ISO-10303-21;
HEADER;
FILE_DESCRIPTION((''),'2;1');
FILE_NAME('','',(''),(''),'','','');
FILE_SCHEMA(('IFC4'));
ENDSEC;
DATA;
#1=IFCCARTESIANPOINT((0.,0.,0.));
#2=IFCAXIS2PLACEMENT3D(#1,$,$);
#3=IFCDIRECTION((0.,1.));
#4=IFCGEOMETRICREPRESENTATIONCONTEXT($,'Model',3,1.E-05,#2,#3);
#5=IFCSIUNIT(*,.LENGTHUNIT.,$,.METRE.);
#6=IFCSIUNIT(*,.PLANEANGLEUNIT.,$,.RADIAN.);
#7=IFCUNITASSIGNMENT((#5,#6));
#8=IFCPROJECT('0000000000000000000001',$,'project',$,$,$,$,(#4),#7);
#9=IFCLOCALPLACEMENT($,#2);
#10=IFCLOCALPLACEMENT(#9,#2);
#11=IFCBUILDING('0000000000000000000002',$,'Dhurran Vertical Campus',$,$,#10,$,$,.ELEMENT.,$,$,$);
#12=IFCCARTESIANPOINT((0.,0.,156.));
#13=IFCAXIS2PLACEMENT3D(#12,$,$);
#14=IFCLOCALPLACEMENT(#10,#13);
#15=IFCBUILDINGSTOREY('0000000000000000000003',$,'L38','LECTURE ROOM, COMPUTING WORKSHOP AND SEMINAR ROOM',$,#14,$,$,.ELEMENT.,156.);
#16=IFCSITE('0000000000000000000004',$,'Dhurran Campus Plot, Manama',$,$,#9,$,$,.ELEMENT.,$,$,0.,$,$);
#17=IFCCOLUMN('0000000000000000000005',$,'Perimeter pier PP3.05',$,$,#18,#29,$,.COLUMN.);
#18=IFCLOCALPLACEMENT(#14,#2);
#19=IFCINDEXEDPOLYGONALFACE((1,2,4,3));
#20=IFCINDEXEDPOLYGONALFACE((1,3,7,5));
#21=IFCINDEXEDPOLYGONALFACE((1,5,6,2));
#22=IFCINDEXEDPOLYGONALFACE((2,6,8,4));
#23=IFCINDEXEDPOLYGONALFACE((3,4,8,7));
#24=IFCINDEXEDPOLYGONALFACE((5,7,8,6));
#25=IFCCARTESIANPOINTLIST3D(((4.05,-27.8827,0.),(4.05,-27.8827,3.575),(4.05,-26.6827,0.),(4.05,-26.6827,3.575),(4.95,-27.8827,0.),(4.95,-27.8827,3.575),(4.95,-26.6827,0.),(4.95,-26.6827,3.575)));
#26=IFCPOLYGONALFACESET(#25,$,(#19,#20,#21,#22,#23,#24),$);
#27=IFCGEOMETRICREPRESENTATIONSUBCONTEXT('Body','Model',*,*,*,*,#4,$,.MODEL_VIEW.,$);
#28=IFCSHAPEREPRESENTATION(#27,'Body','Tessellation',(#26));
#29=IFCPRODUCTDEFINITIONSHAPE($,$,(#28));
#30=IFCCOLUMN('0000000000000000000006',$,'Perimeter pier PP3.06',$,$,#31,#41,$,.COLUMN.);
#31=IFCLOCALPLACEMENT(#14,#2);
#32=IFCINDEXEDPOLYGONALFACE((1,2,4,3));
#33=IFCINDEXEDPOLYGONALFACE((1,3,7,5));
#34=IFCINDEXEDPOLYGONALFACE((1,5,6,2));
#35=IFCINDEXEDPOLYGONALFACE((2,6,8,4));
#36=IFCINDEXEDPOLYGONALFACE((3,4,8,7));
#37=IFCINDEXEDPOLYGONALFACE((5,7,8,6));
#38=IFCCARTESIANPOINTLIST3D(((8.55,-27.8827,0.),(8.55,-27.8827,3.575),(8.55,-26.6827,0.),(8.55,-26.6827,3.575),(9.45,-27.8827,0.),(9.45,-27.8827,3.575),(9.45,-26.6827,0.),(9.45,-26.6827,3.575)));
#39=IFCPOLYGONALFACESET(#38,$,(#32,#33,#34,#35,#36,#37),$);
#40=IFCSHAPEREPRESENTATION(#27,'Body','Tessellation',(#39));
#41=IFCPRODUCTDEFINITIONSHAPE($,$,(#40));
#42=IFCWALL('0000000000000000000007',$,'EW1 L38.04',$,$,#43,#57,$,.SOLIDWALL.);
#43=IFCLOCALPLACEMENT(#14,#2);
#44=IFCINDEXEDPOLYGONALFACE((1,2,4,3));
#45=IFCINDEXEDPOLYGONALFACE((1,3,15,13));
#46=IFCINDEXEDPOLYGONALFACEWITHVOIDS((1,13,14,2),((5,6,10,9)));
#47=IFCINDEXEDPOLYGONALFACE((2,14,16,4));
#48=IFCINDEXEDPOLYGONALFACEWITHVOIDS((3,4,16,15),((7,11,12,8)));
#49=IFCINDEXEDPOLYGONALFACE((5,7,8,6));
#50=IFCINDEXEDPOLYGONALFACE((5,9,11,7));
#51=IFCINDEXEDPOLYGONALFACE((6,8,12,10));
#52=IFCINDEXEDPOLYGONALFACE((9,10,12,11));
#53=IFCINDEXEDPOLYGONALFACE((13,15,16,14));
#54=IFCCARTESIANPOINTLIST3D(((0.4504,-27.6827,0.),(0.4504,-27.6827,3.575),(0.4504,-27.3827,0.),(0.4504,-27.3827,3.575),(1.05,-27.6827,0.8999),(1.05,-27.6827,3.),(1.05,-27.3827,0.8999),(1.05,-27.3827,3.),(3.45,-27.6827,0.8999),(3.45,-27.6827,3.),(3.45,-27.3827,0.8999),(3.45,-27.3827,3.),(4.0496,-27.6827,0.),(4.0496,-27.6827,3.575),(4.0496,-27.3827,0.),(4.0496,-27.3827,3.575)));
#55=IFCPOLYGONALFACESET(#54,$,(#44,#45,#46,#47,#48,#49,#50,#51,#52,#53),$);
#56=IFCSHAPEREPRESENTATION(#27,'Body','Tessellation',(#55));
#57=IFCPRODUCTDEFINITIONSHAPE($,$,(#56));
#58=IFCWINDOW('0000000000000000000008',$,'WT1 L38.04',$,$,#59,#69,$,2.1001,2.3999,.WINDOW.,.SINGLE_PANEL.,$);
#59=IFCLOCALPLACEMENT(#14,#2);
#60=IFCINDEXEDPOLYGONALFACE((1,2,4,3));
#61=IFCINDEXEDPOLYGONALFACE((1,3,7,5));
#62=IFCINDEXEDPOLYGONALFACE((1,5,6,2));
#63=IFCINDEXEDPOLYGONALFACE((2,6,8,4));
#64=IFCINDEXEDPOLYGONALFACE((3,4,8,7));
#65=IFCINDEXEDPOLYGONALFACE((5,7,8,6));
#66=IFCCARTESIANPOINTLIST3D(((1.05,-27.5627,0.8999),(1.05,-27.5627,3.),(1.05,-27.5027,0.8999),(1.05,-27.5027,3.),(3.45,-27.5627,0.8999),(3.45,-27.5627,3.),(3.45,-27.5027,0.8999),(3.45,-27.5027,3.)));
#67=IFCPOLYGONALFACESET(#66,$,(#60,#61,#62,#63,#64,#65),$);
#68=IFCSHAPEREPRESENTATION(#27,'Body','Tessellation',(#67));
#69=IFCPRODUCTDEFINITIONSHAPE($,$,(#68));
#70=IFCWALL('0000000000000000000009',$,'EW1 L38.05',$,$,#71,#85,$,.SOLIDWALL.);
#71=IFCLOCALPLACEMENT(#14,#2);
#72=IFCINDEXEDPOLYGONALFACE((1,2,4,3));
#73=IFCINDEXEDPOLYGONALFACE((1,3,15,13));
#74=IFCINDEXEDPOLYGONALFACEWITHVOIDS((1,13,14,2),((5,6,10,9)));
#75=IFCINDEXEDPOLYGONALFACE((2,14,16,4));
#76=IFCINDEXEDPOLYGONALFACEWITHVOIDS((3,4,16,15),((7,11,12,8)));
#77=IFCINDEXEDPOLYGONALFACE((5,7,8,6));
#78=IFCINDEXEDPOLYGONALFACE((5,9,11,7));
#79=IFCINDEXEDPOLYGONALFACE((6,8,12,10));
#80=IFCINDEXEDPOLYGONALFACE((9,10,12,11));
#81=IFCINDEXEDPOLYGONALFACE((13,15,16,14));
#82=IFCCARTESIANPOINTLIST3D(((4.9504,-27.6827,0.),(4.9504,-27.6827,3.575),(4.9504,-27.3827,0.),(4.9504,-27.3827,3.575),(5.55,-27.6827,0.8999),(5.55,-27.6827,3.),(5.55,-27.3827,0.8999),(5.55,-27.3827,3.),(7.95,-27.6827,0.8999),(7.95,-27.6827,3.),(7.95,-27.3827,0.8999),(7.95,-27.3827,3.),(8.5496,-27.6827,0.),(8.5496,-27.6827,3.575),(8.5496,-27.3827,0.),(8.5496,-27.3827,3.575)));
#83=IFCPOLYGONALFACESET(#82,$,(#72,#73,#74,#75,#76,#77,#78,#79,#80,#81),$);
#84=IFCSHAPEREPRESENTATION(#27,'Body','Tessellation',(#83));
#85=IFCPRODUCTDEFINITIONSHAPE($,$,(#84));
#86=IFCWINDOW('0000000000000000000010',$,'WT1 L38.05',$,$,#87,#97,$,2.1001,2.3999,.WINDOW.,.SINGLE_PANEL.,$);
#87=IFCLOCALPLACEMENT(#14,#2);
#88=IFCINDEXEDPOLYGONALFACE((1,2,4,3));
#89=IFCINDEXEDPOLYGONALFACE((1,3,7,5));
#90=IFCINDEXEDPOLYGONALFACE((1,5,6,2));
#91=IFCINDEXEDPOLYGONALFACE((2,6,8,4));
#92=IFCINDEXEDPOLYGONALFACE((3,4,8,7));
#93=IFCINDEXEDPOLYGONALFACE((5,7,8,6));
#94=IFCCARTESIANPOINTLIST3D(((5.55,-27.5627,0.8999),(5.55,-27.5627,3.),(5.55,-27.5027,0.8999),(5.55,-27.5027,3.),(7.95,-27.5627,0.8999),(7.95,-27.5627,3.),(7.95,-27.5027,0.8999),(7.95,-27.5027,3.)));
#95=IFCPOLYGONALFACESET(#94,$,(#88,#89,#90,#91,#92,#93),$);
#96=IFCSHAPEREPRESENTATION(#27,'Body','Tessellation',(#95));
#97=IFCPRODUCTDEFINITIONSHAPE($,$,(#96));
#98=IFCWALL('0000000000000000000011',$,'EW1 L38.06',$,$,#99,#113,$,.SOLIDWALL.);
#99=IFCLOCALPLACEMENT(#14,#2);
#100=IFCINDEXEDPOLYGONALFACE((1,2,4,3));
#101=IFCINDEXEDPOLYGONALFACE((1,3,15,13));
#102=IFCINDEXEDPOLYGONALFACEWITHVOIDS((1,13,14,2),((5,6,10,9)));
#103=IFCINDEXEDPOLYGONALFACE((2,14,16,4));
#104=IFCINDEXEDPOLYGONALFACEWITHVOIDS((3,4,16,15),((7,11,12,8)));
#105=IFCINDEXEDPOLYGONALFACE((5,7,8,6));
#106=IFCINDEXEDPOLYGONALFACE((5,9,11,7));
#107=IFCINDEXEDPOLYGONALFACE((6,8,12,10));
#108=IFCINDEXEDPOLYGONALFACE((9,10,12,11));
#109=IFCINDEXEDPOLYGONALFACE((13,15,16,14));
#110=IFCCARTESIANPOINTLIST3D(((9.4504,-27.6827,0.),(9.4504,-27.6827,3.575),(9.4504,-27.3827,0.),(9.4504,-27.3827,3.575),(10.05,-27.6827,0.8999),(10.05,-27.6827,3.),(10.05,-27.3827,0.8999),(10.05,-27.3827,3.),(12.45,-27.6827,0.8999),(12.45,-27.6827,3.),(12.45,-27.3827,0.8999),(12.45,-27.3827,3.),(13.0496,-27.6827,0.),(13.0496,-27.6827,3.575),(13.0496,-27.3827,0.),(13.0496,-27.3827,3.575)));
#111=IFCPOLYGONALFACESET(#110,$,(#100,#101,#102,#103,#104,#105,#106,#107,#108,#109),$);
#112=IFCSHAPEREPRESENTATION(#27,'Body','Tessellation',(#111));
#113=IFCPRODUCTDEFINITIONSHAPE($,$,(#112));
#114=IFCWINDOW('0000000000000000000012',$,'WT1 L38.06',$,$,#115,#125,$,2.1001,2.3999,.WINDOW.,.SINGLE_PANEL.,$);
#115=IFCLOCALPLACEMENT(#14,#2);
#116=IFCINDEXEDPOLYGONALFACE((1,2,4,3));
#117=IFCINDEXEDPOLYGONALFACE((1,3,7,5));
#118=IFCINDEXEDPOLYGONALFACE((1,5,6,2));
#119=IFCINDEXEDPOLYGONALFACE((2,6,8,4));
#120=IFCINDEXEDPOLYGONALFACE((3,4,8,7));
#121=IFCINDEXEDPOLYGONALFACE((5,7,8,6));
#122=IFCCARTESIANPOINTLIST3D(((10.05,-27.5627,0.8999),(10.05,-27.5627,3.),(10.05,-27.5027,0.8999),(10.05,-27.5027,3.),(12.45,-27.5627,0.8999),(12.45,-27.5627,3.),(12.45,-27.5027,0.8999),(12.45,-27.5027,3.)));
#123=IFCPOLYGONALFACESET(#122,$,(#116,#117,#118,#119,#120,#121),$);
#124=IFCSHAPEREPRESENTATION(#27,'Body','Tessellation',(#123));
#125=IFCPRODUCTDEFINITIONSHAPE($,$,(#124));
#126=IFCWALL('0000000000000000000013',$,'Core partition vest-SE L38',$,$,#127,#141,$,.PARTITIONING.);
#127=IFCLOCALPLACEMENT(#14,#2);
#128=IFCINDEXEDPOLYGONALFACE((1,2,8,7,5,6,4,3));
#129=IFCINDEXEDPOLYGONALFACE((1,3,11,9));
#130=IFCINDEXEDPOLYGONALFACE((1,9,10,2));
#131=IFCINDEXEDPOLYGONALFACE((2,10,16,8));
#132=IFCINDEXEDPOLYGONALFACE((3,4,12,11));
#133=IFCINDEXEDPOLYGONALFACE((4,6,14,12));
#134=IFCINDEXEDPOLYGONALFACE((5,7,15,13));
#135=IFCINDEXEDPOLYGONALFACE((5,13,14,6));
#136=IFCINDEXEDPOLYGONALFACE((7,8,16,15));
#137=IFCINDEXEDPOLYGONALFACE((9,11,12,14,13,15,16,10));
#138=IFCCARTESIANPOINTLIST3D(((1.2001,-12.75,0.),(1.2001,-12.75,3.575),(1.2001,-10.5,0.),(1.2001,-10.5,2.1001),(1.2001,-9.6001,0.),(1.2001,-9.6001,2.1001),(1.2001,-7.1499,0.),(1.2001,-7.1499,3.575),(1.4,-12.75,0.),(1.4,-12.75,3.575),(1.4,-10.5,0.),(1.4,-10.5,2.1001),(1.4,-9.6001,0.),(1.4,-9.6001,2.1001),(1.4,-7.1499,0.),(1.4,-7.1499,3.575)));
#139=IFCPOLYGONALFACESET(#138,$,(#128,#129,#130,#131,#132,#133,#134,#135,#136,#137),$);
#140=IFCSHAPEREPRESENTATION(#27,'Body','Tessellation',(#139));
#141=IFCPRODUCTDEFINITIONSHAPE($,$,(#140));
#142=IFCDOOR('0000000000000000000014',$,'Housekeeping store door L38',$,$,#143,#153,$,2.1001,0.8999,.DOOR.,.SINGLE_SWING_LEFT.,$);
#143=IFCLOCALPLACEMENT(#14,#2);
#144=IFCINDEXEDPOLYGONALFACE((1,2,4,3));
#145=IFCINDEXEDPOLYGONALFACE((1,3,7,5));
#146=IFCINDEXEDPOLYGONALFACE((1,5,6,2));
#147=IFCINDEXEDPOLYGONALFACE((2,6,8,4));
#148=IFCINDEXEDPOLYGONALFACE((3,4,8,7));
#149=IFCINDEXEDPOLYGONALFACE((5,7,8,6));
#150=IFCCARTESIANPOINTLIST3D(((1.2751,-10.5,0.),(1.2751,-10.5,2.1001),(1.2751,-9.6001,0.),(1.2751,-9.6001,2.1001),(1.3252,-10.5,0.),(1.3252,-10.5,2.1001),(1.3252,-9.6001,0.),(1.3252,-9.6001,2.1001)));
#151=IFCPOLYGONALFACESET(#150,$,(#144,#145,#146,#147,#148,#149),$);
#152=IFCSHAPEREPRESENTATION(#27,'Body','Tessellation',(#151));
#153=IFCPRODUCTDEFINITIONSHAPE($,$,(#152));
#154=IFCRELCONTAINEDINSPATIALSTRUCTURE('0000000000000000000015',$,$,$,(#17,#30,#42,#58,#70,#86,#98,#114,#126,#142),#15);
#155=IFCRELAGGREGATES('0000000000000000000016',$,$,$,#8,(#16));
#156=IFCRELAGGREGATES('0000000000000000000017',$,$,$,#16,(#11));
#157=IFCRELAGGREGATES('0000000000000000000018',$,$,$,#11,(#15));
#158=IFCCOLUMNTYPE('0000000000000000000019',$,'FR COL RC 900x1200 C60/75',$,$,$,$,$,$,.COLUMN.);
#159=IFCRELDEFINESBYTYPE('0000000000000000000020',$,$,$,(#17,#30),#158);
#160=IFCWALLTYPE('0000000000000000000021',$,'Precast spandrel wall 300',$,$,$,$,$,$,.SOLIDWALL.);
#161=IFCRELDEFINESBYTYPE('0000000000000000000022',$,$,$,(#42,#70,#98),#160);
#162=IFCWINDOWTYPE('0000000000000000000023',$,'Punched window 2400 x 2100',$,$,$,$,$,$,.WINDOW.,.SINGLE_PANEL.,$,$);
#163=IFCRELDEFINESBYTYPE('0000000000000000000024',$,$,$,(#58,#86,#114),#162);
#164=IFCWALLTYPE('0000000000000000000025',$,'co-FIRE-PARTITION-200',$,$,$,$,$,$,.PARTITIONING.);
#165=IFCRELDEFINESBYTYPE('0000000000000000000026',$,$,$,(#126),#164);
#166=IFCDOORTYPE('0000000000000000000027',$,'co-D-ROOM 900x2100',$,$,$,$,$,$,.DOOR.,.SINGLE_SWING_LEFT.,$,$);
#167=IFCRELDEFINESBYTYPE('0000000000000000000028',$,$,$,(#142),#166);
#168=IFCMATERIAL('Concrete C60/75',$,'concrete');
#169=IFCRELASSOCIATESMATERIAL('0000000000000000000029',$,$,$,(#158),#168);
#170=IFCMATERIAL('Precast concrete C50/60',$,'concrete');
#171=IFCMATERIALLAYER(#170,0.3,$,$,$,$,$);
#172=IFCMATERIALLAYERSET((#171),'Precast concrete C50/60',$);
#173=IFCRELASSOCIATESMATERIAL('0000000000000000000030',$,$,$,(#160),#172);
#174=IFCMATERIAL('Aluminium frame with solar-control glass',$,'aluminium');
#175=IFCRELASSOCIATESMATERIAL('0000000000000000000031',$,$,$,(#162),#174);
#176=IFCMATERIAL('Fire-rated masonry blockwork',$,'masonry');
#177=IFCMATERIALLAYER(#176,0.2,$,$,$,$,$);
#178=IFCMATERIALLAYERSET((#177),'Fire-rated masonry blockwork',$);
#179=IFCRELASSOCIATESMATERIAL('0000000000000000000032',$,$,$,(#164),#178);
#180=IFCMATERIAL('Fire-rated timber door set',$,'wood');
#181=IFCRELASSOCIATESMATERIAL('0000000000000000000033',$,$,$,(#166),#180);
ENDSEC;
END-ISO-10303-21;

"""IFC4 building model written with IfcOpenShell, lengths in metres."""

from ifc_helpers import new_model, si_unit, direction, frame, frame_2d, origin, origin_2d, place, context, subcontext, project, spatial, rectangle, extrude, material, layer, layer_set, material_profile, profile_set, type_object, element, fill, save


model = new_model("IFC4")

# Units and contexts
model_context = context("Model", 3, precision=1e-05, world=origin(), true_north=direction((0.0, 1.0)))
body_context = subcontext(model_context, "Body", "Model", "MODEL_VIEW")
ifc_project = project(units=[si_unit("LENGTHUNIT", "METRE"), si_unit("PLANEANGLEUNIT", "RADIAN")], contexts=[model_context])

# Site, building, storey
site_placement = place(None, origin())
site = spatial("IfcSite", under=ifc_project, at=site_placement, Name="Dhurran Campus Plot, Manama", CompositionType="ELEMENT", RefElevation=0.0)
building_placement = place(site_placement, origin())
building = spatial("IfcBuilding", under=site, at=building_placement, Name="Dhurran Vertical Campus", CompositionType="ELEMENT")
storey_placement = place(building_placement, frame((0.0, 0.0, 156.0)))
storey = spatial("IfcBuildingStorey", under=building, at=storey_placement, Name="L38", Description="LECTURE ROOM, COMPUTING WORKSHOP AND SEMINAR ROOM", CompositionType="ELEMENT", Elevation=156.0)

# Columns
ifc_material_1 = material(Name="Concrete C60/75", Category="concrete")
ifc_material_profile = material_profile(ifc_material_1, rectangle(XDim=0.8999, YDim=1.2, at=origin_2d()), Name="RC 900x1200")
ifc_profile_set = profile_set([ifc_material_profile], Name="Concrete C60/75")
column_type = type_object("IfcColumnType", Name="FR COL RC 900x1200 C60/75", PredefinedType="COLUMN", material=ifc_profile_set)
for number, where, z_axis, x_axis, name in (
    (1, (4.5, -27.2827, 0.0), (0.0, 0.0, 1.0), (1.0, 0.0, 0.0), "Perimeter pier PP3.05"),
    (2, (9.0, -27.2827, 0.0), (0.0, 0.0, 1.0), (1.0, 0.0, 0.0), "Perimeter pier PP3.06"),
):
    element("IfcColumn", number, at=place(storey_placement, frame(where, z_axis=z_axis, x_axis=x_axis)), inside=storey, type_object=column_type, Name=name, PredefinedType="COLUMN", context=body_context, shape_type="SweptSolid", body=[
        extrude(rectangle(XDim=0.8999, YDim=1.2, at=origin_2d()), origin(), (0.0, 0.0, 1.0), 3.575),
    ])

# Walls, openings, windows
ifc_material_2 = material(Name="Precast concrete C50/60", Category="concrete")
ifc_layer_1 = layer(ifc_material_2, 0.3)
ifc_layer_set_1 = layer_set([ifc_layer_1], Name="Precast concrete C50/60")
wall_type_1 = type_object("IfcWallType", Name="Precast spandrel wall 300", PredefinedType="SOLIDWALL", material=ifc_layer_set_1)
wall_1_placement = place(storey_placement, frame((0.4504, -27.5327, 0.0), z_axis=(0.0, 0.0, 1.0), x_axis=(1.0, 0.0, 0.0)))
wall_1 = element("IfcWall", 3, at=wall_1_placement, inside=storey, type_object=wall_type_1, Name="EW1 L38.04", PredefinedType="SOLIDWALL", context=body_context, shape_type="SweptSolid", body=[
    extrude(rectangle(XDim=3.5991, YDim=0.3, at=frame_2d((1.7996, 0.0))), origin(), (0.0, 0.0, 1.0), 3.575),
])
opening_1_placement = place(wall_1_placement, frame((0.5996, 0.0, 0.8999)))
opening_1 = element("IfcOpeningElement", 4, at=opening_1_placement, cuts=wall_1, PredefinedType="OPENING", context=body_context, shape_type="SweptSolid", body=[
    extrude(rectangle(XDim=2.3999, YDim=2.1001, at=frame_2d((1.2, 1.05))), frame((0.0, 0.1599, 0.0), z_axis=(0.0, -1.0, 0.0), x_axis=(1.0, 0.0, 0.0)), (0.0, 0.0, 1.0), 0.3201),
])
ifc_material_3 = material(Name="Aluminium frame with solar-control glass", Category="aluminium")
window_type = type_object("IfcWindowType", Name="Punched window 2400 x 2100", PartitioningType="SINGLE_PANEL", PredefinedType="WINDOW", material=ifc_material_3)
window_1_placement = place(opening_1_placement, origin())
window_1 = element("IfcWindow", 5, at=window_1_placement, inside=storey, type_object=window_type, Name="WT1 L38.04", OverallHeight=2.1001, OverallWidth=2.3999, PartitioningType="SINGLE_PANEL", PredefinedType="WINDOW", context=body_context, shape_type="SweptSolid", body=[
    extrude(rectangle(XDim=2.3999, YDim=2.1001, at=frame_2d((1.2, 1.05))), frame((0.0, 0.03, 0.0), z_axis=(0.0, -1.0, 0.0), x_axis=(1.0, 0.0, 0.0)), (0.0, 0.0, 1.0), 0.0601),
])
fill(opening_1, window_1)
wall_2_placement = place(storey_placement, frame((4.9504, -27.5327, 0.0), z_axis=(0.0, 0.0, 1.0), x_axis=(1.0, 0.0, 0.0)))
wall_2 = element("IfcWall", 6, at=wall_2_placement, inside=storey, type_object=wall_type_1, Name="EW1 L38.05", PredefinedType="SOLIDWALL", context=body_context, shape_type="SweptSolid", body=[
    extrude(rectangle(XDim=3.5991, YDim=0.3, at=frame_2d((1.7996, 0.0))), origin(), (0.0, 0.0, 1.0), 3.575),
])
opening_2_placement = place(wall_2_placement, frame((0.5996, 0.0, 0.8999)))
opening_2 = element("IfcOpeningElement", 7, at=opening_2_placement, cuts=wall_2, PredefinedType="OPENING", context=body_context, shape_type="SweptSolid", body=[
    extrude(rectangle(XDim=2.3999, YDim=2.1001, at=frame_2d((1.2, 1.05))), frame((0.0, 0.1599, 0.0), z_axis=(0.0, -1.0, 0.0), x_axis=(1.0, 0.0, 0.0)), (0.0, 0.0, 1.0), 0.3201),
])
window_2_placement = place(opening_2_placement, origin())
window_2 = element("IfcWindow", 8, at=window_2_placement, inside=storey, type_object=window_type, Name="WT1 L38.05", OverallHeight=2.1001, OverallWidth=2.3999, PartitioningType="SINGLE_PANEL", PredefinedType="WINDOW", context=body_context, shape_type="SweptSolid", body=[
    extrude(rectangle(XDim=2.3999, YDim=2.1001, at=frame_2d((1.2, 1.05))), frame((0.0, 0.03, 0.0), z_axis=(0.0, -1.0, 0.0), x_axis=(1.0, 0.0, 0.0)), (0.0, 0.0, 1.0), 0.0601),
])
fill(opening_2, window_2)
wall_3_placement = place(storey_placement, frame((9.4504, -27.5327, 0.0), z_axis=(0.0, 0.0, 1.0), x_axis=(1.0, 0.0, 0.0)))
wall_3 = element("IfcWall", 9, at=wall_3_placement, inside=storey, type_object=wall_type_1, Name="EW1 L38.06", PredefinedType="SOLIDWALL", context=body_context, shape_type="SweptSolid", body=[
    extrude(rectangle(XDim=3.5991, YDim=0.3, at=frame_2d((1.7996, 0.0))), origin(), (0.0, 0.0, 1.0), 3.575),
])
opening_3_placement = place(wall_3_placement, frame((0.5996, 0.0, 0.8999)))
opening_3 = element("IfcOpeningElement", 10, at=opening_3_placement, cuts=wall_3, PredefinedType="OPENING", context=body_context, shape_type="SweptSolid", body=[
    extrude(rectangle(XDim=2.3999, YDim=2.1001, at=frame_2d((1.2, 1.05))), frame((0.0, 0.1599, 0.0), z_axis=(0.0, -1.0, 0.0), x_axis=(1.0, 0.0, 0.0)), (0.0, 0.0, 1.0), 0.3201),
])
window_3_placement = place(opening_3_placement, origin())
window_3 = element("IfcWindow", 11, at=window_3_placement, inside=storey, type_object=window_type, Name="WT1 L38.06", OverallHeight=2.1001, OverallWidth=2.3999, PartitioningType="SINGLE_PANEL", PredefinedType="WINDOW", context=body_context, shape_type="SweptSolid", body=[
    extrude(rectangle(XDim=2.3999, YDim=2.1001, at=frame_2d((1.2, 1.05))), frame((0.0, 0.03, 0.0), z_axis=(0.0, -1.0, 0.0), x_axis=(1.0, 0.0, 0.0)), (0.0, 0.0, 1.0), 0.0601),
])
fill(opening_3, window_3)

# Wall, opening, door
ifc_material_4 = material(Name="Fire-rated masonry blockwork", Category="masonry")
ifc_layer_2 = layer(ifc_material_4, 0.2)
ifc_layer_set_2 = layer_set([ifc_layer_2], Name="Fire-rated masonry blockwork")
wall_type_2 = type_object("IfcWallType", Name="co-FIRE-PARTITION-200", PredefinedType="PARTITIONING", material=ifc_layer_set_2)
wall_4_placement = place(storey_placement, frame((1.3, -12.75, 0.0), z_axis=(0.0, 0.0, 1.0), x_axis=(0.0, 1.0, 0.0)))
wall_4 = element("IfcWall", 12, at=wall_4_placement, inside=storey, type_object=wall_type_2, Name="Core partition vest-SE L38", PredefinedType="PARTITIONING", context=body_context, shape_type="SweptSolid", body=[
    extrude(rectangle(XDim=5.6001, YDim=0.2, at=frame_2d((2.8, 0.0))), origin(), (0.0, 0.0, 1.0), 3.575),
])
opening_4_placement = place(wall_4_placement, frame((2.25, 0.0, 0.0)))
opening_4 = element("IfcOpeningElement", 13, at=opening_4_placement, cuts=wall_4, PredefinedType="OPENING", context=body_context, shape_type="SweptSolid", body=[
    extrude(rectangle(XDim=0.8999, YDim=2.1001, at=frame_2d((0.45, 1.05))), frame((0.0, 0.1099, 0.0), z_axis=(0.0, -1.0, 0.0), x_axis=(1.0, 0.0, 0.0)), (0.0, 0.0, 1.0), 0.22),
])
ifc_material_5 = material(Name="Fire-rated timber door set", Category="wood")
door_type_1 = type_object("IfcDoorType", Name="co-D-ROOM 900x2100", OperationType="SINGLE_SWING_LEFT", PredefinedType="DOOR", material=ifc_material_5)
door_1_placement = place(opening_4_placement, origin())
door_1 = element("IfcDoor", 14, at=door_1_placement, inside=storey, type_object=door_type_1, Name="Housekeeping store door L38", OperationType="SINGLE_SWING_LEFT", OverallHeight=2.1001, OverallWidth=0.8999, PredefinedType="DOOR", context=body_context, shape_type="SweptSolid", body=[
    extrude(rectangle(XDim=0.8999, YDim=2.1001, at=frame_2d((0.45, 1.05))), frame((0.0, 0.0249, 0.0), z_axis=(0.0, -1.0, 0.0), x_axis=(1.0, 0.0, 0.0)), (0.0, 0.0, 1.0), 0.05),
])
fill(opening_4, door_1)

save(model, "model.ifc")
